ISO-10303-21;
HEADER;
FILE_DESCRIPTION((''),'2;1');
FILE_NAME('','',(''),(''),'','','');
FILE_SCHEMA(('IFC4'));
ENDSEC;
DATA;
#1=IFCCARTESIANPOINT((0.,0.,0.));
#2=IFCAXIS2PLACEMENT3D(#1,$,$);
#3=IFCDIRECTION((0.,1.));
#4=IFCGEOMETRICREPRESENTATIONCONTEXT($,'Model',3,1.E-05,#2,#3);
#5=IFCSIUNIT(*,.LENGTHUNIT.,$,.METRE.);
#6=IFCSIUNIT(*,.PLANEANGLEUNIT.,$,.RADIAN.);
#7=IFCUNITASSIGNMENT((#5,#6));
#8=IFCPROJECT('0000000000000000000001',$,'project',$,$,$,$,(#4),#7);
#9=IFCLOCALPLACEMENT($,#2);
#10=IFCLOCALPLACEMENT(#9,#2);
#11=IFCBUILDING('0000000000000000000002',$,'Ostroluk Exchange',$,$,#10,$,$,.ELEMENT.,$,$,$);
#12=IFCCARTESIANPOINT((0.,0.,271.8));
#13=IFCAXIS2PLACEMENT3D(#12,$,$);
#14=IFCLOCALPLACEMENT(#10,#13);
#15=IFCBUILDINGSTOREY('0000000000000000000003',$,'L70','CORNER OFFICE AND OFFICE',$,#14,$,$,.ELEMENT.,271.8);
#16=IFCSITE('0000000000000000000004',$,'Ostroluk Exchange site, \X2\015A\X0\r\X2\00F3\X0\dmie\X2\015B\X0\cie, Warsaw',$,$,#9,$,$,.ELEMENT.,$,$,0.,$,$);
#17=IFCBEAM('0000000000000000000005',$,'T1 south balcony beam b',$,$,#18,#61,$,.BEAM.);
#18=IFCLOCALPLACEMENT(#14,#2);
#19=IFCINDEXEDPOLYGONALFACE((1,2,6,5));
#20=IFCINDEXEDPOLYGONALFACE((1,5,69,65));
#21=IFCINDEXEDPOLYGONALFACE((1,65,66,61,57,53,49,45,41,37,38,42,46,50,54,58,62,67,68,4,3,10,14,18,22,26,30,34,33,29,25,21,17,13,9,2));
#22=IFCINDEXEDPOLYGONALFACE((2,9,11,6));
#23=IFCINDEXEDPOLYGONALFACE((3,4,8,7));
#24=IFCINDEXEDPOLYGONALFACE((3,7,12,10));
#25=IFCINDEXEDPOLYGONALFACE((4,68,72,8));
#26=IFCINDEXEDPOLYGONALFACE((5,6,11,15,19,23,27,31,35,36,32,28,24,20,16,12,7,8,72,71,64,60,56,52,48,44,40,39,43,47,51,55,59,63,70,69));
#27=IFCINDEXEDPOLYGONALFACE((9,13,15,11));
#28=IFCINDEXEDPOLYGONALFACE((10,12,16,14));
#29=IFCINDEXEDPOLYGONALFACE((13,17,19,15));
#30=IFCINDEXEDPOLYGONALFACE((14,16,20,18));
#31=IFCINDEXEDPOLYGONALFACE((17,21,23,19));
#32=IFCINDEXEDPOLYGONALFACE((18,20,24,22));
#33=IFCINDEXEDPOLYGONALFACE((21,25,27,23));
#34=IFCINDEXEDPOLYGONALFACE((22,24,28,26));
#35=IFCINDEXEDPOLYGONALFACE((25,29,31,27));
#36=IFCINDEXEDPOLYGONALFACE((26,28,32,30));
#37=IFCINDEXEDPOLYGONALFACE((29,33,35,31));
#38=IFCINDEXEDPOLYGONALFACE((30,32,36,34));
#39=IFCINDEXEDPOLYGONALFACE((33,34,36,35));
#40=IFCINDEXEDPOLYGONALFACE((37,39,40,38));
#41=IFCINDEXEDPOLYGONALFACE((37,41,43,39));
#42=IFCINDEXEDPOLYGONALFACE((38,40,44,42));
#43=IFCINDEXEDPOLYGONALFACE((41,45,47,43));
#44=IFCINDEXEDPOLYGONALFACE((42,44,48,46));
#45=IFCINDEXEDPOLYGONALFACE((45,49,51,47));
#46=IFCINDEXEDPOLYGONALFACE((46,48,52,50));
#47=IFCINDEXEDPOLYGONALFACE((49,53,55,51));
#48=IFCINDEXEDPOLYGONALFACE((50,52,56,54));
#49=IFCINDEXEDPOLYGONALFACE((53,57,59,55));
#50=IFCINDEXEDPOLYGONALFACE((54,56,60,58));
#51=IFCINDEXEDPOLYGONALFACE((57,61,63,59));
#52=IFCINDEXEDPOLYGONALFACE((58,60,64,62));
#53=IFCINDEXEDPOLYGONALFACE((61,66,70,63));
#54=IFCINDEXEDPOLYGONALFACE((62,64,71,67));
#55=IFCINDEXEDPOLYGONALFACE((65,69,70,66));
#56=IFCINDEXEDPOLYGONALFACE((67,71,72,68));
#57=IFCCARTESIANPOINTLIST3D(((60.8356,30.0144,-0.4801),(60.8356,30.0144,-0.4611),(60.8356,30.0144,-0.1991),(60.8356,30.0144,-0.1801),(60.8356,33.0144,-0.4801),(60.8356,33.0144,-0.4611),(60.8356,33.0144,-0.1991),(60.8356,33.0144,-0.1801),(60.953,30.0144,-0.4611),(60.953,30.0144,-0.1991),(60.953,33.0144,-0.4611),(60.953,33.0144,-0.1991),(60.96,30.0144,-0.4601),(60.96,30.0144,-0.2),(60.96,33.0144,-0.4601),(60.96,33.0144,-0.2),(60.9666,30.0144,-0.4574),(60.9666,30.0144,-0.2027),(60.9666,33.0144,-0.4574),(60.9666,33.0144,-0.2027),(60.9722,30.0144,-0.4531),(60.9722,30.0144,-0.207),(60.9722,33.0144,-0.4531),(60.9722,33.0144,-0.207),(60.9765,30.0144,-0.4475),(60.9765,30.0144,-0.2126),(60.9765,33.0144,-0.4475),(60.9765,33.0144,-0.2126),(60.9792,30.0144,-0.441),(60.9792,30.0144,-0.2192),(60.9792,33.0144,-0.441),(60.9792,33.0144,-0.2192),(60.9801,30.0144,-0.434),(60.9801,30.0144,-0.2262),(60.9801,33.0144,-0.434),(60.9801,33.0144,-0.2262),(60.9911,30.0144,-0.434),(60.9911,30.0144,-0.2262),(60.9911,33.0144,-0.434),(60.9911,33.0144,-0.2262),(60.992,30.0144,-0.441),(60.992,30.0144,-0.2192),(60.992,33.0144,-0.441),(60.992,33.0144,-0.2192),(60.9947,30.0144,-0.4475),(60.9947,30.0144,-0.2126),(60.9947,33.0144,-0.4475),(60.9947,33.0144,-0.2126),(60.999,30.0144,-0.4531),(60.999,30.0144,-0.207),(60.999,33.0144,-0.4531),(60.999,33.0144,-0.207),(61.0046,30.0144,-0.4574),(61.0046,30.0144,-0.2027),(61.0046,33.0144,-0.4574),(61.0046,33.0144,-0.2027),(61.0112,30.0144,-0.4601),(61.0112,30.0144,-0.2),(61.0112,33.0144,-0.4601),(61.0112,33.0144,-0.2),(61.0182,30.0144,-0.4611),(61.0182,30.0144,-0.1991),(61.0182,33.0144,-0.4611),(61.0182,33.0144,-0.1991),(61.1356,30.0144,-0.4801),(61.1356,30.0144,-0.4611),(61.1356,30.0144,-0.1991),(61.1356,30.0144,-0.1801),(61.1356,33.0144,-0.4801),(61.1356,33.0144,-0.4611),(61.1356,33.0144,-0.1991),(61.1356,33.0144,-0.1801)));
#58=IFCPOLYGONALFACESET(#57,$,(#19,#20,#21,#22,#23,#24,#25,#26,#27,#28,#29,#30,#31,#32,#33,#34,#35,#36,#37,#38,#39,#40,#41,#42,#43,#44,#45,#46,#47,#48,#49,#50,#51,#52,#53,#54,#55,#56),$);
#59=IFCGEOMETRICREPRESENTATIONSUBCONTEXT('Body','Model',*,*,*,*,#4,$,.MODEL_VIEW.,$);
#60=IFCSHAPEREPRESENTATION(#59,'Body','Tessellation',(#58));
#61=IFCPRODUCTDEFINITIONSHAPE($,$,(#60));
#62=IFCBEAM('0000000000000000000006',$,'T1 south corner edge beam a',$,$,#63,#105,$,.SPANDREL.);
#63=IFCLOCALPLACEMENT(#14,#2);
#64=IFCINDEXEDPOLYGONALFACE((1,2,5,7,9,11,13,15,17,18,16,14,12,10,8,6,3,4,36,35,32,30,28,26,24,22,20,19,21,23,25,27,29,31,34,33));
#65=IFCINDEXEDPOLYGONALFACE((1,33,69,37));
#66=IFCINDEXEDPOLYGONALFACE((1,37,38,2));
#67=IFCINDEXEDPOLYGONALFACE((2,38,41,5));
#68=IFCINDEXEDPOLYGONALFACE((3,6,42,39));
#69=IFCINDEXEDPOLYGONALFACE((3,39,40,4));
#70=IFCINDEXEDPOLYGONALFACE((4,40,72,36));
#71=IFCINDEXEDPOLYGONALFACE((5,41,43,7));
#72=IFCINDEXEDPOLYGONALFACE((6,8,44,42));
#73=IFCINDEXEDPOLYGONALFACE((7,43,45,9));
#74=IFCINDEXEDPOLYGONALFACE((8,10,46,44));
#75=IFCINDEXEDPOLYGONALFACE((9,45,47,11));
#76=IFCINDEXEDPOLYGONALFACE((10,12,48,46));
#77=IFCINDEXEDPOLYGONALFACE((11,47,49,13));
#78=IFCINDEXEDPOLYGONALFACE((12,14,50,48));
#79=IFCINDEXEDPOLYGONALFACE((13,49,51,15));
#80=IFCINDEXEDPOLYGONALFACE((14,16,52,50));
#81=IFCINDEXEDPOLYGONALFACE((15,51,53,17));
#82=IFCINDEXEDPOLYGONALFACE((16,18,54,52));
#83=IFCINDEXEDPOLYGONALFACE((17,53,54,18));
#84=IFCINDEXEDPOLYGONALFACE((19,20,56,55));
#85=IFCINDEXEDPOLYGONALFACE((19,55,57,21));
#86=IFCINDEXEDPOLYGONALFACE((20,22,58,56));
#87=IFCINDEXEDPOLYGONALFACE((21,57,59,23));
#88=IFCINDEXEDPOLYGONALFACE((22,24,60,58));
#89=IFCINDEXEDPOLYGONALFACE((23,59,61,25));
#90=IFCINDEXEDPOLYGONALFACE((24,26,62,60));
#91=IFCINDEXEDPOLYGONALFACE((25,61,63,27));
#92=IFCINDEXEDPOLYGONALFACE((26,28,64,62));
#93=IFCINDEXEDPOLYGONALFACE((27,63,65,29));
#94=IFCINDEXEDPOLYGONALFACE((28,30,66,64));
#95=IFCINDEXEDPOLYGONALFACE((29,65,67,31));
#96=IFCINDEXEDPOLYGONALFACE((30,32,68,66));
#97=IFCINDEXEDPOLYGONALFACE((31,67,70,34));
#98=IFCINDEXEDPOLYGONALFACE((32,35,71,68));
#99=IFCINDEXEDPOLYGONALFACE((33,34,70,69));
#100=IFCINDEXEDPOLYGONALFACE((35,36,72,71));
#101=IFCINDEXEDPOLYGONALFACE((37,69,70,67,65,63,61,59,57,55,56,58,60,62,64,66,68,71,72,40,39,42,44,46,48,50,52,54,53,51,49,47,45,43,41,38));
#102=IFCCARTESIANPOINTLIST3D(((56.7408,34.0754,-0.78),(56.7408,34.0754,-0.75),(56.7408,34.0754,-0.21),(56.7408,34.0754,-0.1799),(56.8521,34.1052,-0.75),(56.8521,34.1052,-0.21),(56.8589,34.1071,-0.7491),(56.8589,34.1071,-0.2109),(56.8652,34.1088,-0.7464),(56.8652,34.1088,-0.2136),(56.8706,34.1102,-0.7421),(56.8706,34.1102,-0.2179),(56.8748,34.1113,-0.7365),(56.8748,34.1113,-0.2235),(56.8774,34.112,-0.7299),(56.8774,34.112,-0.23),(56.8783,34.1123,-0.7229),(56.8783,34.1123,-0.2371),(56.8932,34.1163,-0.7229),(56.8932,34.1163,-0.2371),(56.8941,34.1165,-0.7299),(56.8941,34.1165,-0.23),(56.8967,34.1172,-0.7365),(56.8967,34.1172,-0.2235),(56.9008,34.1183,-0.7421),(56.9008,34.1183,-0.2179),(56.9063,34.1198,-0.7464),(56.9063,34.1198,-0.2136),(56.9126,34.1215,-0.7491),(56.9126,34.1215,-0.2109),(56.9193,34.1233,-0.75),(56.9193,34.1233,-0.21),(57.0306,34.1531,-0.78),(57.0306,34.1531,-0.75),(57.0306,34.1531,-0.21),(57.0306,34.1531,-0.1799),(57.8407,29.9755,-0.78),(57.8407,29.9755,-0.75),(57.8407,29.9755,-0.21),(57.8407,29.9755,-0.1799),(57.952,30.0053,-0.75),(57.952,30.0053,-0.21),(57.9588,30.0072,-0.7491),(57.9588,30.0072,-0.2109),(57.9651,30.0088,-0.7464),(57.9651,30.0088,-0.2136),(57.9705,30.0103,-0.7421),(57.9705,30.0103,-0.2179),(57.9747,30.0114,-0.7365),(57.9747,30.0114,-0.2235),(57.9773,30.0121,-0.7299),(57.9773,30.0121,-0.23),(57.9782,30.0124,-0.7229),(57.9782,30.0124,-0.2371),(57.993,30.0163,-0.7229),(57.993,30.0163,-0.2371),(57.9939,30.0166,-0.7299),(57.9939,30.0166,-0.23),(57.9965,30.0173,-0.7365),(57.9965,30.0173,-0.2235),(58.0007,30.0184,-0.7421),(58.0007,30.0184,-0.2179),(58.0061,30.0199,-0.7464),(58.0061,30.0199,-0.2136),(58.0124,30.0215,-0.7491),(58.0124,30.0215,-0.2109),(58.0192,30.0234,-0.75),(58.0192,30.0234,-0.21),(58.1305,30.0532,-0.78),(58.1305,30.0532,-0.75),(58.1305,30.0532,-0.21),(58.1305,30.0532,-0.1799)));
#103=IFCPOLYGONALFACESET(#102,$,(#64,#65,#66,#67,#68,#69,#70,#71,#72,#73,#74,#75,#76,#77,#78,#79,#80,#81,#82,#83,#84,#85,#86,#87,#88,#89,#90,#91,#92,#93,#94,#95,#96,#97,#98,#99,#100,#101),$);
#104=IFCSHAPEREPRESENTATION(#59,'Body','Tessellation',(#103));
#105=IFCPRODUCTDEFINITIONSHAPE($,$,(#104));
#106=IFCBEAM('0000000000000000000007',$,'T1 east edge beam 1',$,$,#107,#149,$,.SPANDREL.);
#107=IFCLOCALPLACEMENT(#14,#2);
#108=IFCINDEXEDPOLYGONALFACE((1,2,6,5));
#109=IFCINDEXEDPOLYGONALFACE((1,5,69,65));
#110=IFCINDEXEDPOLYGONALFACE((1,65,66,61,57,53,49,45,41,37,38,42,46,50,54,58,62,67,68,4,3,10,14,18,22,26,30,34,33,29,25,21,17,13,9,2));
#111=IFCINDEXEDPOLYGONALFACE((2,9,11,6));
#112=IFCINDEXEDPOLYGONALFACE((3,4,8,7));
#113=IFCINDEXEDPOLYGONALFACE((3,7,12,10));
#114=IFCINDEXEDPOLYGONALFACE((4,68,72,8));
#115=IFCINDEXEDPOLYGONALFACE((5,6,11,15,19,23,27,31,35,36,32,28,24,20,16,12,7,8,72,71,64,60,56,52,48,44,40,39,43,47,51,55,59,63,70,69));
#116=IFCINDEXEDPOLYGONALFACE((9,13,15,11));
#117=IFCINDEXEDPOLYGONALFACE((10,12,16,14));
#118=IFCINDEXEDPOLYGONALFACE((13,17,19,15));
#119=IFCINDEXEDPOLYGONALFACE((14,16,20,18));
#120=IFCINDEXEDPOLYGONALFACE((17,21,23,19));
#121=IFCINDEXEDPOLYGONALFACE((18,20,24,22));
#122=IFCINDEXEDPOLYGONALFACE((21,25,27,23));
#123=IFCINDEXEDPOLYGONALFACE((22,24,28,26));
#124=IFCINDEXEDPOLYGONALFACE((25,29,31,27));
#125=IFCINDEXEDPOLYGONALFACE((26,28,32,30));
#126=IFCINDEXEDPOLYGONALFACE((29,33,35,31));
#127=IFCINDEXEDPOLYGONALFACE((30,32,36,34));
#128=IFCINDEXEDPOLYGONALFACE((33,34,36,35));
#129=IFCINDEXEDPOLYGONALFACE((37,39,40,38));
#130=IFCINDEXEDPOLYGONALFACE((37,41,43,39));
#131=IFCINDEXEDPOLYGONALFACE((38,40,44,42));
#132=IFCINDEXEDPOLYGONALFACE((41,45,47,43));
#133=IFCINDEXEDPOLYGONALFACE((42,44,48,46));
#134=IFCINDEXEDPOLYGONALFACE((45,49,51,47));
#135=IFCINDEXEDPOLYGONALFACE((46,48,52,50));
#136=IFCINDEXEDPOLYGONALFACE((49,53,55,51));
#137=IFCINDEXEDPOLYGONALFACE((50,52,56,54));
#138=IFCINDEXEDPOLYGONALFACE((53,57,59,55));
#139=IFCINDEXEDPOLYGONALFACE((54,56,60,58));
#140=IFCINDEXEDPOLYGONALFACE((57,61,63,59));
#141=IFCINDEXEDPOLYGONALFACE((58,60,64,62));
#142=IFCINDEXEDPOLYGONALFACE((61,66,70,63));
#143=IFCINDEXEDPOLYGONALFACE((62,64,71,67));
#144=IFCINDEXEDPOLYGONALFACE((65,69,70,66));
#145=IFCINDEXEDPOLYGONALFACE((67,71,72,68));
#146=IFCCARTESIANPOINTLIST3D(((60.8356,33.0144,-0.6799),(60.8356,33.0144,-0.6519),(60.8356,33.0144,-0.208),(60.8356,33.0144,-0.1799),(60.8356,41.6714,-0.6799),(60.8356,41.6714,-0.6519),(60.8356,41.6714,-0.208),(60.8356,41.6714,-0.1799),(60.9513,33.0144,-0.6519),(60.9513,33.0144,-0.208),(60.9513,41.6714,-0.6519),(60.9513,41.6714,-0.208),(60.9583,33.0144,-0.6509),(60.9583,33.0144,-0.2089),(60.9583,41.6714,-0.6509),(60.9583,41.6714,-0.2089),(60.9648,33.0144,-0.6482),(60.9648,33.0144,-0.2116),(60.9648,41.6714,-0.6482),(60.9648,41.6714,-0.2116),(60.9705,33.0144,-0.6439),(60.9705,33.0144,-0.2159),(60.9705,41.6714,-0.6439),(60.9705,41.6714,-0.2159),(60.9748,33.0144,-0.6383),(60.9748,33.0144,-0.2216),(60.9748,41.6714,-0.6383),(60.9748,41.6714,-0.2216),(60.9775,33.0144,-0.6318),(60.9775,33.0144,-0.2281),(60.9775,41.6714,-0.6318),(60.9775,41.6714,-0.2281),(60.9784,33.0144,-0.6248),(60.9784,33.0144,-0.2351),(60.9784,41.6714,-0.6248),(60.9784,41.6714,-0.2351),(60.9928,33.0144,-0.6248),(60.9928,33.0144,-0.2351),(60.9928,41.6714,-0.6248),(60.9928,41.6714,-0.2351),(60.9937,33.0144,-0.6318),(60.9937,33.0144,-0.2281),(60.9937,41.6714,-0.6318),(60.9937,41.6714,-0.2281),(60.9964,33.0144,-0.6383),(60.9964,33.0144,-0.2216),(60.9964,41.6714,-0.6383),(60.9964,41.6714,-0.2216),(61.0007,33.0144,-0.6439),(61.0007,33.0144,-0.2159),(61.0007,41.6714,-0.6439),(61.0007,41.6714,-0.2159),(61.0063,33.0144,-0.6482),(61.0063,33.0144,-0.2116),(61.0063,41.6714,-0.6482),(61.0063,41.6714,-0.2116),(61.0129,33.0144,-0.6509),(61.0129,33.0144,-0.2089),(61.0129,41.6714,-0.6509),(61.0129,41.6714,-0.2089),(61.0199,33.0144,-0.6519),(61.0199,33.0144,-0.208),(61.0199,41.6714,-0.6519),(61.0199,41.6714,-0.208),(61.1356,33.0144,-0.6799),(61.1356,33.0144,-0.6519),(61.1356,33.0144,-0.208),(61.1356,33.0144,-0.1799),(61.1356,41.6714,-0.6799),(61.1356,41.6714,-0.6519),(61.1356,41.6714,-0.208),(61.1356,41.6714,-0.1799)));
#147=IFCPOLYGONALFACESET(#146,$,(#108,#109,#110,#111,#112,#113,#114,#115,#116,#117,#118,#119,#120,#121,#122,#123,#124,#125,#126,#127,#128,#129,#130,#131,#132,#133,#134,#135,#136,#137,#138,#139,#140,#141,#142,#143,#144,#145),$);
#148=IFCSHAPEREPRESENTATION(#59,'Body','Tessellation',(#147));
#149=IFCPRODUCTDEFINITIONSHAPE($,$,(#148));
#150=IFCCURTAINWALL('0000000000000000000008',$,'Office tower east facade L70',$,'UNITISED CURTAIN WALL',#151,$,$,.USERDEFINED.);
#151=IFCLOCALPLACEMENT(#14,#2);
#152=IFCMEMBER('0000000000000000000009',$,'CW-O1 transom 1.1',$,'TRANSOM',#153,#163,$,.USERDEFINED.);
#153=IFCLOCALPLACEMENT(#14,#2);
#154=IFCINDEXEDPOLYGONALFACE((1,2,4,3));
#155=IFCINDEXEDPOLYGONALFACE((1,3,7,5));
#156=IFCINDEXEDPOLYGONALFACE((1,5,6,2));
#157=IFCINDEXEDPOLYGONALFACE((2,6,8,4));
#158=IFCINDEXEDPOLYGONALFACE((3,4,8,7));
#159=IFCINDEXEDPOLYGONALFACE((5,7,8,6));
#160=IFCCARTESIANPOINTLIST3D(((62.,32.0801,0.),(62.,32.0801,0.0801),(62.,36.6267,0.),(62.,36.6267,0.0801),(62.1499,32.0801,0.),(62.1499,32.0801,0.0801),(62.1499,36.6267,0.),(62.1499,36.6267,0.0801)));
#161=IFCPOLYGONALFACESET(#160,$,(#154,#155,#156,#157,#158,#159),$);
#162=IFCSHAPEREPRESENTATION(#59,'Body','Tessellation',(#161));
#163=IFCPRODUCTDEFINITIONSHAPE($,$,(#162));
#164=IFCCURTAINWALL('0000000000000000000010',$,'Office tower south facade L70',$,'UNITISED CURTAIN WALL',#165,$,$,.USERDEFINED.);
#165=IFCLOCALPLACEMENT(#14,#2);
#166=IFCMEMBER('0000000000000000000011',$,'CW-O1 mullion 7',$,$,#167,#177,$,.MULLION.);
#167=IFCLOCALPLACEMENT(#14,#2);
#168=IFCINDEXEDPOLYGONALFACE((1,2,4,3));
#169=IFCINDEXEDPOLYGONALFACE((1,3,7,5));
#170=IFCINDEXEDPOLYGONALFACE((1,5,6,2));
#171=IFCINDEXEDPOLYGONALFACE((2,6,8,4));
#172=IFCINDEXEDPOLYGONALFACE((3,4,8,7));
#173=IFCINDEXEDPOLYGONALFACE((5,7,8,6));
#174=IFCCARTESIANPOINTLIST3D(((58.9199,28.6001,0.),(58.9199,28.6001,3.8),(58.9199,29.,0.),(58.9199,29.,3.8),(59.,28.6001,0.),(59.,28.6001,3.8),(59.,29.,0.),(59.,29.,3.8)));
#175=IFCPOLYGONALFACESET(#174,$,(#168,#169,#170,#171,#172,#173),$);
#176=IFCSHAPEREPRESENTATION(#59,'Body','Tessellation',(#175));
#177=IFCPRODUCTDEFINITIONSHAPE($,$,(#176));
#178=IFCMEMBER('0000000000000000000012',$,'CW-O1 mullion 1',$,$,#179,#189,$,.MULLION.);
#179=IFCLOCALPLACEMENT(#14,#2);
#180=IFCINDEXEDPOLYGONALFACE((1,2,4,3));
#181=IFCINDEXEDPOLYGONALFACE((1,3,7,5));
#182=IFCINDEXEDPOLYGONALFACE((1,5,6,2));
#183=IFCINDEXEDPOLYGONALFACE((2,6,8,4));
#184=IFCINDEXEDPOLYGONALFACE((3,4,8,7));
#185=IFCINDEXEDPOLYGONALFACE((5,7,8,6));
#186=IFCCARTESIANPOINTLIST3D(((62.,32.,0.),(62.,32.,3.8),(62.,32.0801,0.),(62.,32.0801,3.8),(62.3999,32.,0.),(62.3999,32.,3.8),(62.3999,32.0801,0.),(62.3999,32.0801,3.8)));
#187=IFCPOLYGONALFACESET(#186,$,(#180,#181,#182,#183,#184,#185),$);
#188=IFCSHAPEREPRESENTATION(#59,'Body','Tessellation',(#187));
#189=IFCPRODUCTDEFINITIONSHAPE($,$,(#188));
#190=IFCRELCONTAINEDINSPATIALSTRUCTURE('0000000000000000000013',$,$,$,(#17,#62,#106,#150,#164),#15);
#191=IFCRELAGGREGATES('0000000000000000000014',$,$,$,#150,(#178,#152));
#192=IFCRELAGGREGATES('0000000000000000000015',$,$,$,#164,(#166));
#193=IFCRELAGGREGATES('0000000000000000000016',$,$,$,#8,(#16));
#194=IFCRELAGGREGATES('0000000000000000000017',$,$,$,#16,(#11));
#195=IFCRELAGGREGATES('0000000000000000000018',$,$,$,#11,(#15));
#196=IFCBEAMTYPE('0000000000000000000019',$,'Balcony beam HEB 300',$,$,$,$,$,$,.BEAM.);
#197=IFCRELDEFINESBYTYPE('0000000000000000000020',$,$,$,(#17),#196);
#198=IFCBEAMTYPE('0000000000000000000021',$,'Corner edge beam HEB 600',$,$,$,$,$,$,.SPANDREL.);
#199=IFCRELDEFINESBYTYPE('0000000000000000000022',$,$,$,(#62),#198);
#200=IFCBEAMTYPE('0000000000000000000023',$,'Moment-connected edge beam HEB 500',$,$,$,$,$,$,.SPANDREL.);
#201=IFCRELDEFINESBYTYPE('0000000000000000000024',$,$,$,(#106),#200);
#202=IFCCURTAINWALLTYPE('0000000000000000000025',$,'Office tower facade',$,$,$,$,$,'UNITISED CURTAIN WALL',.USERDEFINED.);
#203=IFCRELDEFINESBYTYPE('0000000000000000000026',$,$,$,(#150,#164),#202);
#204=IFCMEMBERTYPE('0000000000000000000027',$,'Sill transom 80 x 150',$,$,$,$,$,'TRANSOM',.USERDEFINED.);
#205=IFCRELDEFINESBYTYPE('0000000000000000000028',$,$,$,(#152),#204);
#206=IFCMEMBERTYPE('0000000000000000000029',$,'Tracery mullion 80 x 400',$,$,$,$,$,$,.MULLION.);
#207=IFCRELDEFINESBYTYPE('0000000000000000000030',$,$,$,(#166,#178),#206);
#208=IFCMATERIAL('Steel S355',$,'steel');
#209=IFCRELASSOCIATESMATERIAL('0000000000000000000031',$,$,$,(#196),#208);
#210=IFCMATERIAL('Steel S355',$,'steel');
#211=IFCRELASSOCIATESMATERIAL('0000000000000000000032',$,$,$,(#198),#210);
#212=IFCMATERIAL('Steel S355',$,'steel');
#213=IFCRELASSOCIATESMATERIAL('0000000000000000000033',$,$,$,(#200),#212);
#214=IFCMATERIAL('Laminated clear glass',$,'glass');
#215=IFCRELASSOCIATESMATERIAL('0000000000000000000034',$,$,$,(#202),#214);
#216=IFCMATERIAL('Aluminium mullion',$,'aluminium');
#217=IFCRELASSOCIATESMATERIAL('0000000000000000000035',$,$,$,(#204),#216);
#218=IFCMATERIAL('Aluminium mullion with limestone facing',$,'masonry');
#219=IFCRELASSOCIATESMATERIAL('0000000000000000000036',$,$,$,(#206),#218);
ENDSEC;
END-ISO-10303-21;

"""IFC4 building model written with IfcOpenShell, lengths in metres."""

from ifc_helpers import new_model, si_unit, direction, frame, origin, origin_2d, place, context, subcontext, project, spatial, rectangle, i_section, extrude, material, material_profile, profile_set, type_object, element, aggregate, save


model = new_model("IFC4")

# Units and contexts
model_context = context("Model", 3, precision=1e-05, world=origin(), true_north=direction((0.0, 1.0)))
body_context = subcontext(model_context, "Body", "Model", "MODEL_VIEW")
ifc_project = project(units=[si_unit("LENGTHUNIT", "METRE"), si_unit("PLANEANGLEUNIT", "RADIAN")], contexts=[model_context])

# Site, building, storey
site_placement = place(None, origin())
site = spatial("IfcSite", under=ifc_project, at=site_placement, Name="Ostroluk Exchange site, Śródmieście, Warsaw", CompositionType="ELEMENT", RefElevation=0.0)
building_placement = place(site_placement, origin())
building = spatial("IfcBuilding", under=site, at=building_placement, Name="Ostroluk Exchange", CompositionType="ELEMENT")
storey_placement = place(building_placement, frame((0.0, 0.0, 271.8)))
storey = spatial("IfcBuildingStorey", under=building, at=storey_placement, Name="L70", Description="CORNER OFFICE AND OFFICE", CompositionType="ELEMENT", Elevation=271.8)

# Beams
ifc_material_1 = material(Name="Steel S355", Category="steel")
ifc_material_profile_1 = material_profile(ifc_material_1, i_section(OverallWidth=0.3, OverallDepth=0.3, WebThickness=0.011, FlangeThickness=0.019, FilletRadius=0.0271, at=origin_2d()), Name="HEB 300")
ifc_profile_set_1 = profile_set([ifc_material_profile_1], Name="Steel S355")
beam_type_1 = type_object("IfcBeamType", Name="Balcony beam HEB 300", PredefinedType="BEAM", material=ifc_profile_set_1)
for number, where, z_axis, x_axis, name in (
    (1, (60.9856, 33.0144, -0.3301), (0.0, -1.0, 0.0), (1.0, 0.0, 0.0), "T1 south balcony beam b"),
):
    element("IfcBeam", number, at=place(storey_placement, frame(where, z_axis=z_axis, x_axis=x_axis)), inside=storey, type_object=beam_type_1, Name=name, PredefinedType="BEAM", context=body_context, shape_type="SweptSolid", body=[
        extrude(i_section(OverallWidth=0.3, OverallDepth=0.3, WebThickness=0.011, FlangeThickness=0.019, FilletRadius=0.0271, at=origin_2d()), origin(), (0.0, 0.0, 1.0), 3.0),
    ])
ifc_material_2 = material(Name="Steel S355", Category="steel")
ifc_material_profile_2 = material_profile(ifc_material_2, i_section(OverallWidth=0.3, OverallDepth=0.6001, WebThickness=0.0154, FlangeThickness=0.03, FilletRadius=0.0271, at=origin_2d()), Name="HEB 600")
ifc_profile_set_2 = profile_set([ifc_material_profile_2], Name="Steel S355")
beam_type_2 = type_object("IfcBeamType", Name="Corner edge beam HEB 600", PredefinedType="SPANDREL", material=ifc_profile_set_2)
beam_1_placement = place(storey_placement, frame((56.8857, 34.1143, -0.48), z_axis=(0.259105, -0.965849, 0.0), x_axis=(0.965849, 0.259105, 0.0)))
element("IfcBeam", 2, at=beam_1_placement, inside=storey, type_object=beam_type_2, Name="T1 south corner edge beam a", PredefinedType="SPANDREL", context=body_context, shape_type="SweptSolid", body=[
    extrude(i_section(OverallWidth=0.3, OverallDepth=0.6001, WebThickness=0.0154, FlangeThickness=0.03, FilletRadius=0.0271, at=origin_2d()), origin(), (0.0, 0.0, 1.0), 4.2449),
])
ifc_material_3 = material(Name="Steel S355", Category="steel")
ifc_material_profile_3 = material_profile(ifc_material_3, i_section(OverallWidth=0.3, OverallDepth=0.5, WebThickness=0.0144, FlangeThickness=0.0281, FilletRadius=0.0271, at=origin_2d()), Name="HEB 500")
ifc_profile_set_3 = profile_set([ifc_material_profile_3], Name="Steel S355")
beam_type_3 = type_object("IfcBeamType", Name="Moment-connected edge beam HEB 500", PredefinedType="SPANDREL", material=ifc_profile_set_3)
beam_2_placement = place(storey_placement, frame((60.9856, 33.0144, -0.4299), z_axis=(0.0, 1.0, 0.0), x_axis=(-1.0, 0.0, 0.0)))
element("IfcBeam", 3, at=beam_2_placement, inside=storey, type_object=beam_type_3, Name="T1 east edge beam 1", PredefinedType="SPANDREL", context=body_context, shape_type="SweptSolid", body=[
    extrude(i_section(OverallWidth=0.3, OverallDepth=0.5, WebThickness=0.0144, FlangeThickness=0.0281, FilletRadius=0.0271, at=origin_2d()), origin(), (0.0, 0.0, 1.0), 8.657),
])

# Curtain walls, members
ifc_material_4 = material(Name="Laminated clear glass", Category="glass")
curtain_wall_type = type_object("IfcCurtainWallType", Name="Office tower facade", ElementType="UNITISED CURTAIN WALL", PredefinedType="USERDEFINED", material=ifc_material_4)
curtain_wall_1_placement = place(storey_placement, origin())
curtain_wall_1 = element("IfcCurtainWall", 4, at=curtain_wall_1_placement, inside=storey, type_object=curtain_wall_type, Name="Office tower east facade L70", ObjectType="UNITISED CURTAIN WALL", PredefinedType="USERDEFINED")
ifc_material_5 = material(Name="Aluminium mullion", Category="aluminium")
ifc_material_profile_4 = material_profile(ifc_material_5, rectangle(XDim=0.1499, YDim=0.0801, at=origin_2d()), Name="Sill transom 80 x 150")
ifc_profile_set_4 = profile_set([ifc_material_profile_4], Name="Aluminium mullion")
member_type_1 = type_object("IfcMemberType", Name="Sill transom 80 x 150", ElementType="TRANSOM", PredefinedType="USERDEFINED", material=ifc_profile_set_4)
member_1_placement = place(storey_placement, frame((62.075, 32.0801, 0.04), z_axis=(0.0, 1.0, 0.0), x_axis=(-1.0, 0.0, 0.0)))
member_1 = element("IfcMember", 5, at=member_1_placement, type_object=member_type_1, Name="CW-O1 transom 1.1", ObjectType="TRANSOM", PredefinedType="USERDEFINED", context=body_context, shape_type="SweptSolid", body=[
    extrude(rectangle(XDim=0.1499, YDim=0.0801, at=origin_2d()), origin(), (0.0, 0.0, 1.0), 4.5466),
])
curtain_wall_2_placement = place(storey_placement, origin())
curtain_wall_2 = element("IfcCurtainWall", 6, at=curtain_wall_2_placement, inside=storey, type_object=curtain_wall_type, Name="Office tower south facade L70", ObjectType="UNITISED CURTAIN WALL", PredefinedType="USERDEFINED")
ifc_material_6 = material(Name="Aluminium mullion with limestone facing", Category="masonry")
ifc_material_profile_5 = material_profile(ifc_material_6, rectangle(XDim=0.3999, YDim=0.0801, at=origin_2d()), Name="Tracery mullion 80 x 400")
ifc_profile_set_5 = profile_set([ifc_material_profile_5], Name="Aluminium mullion with limestone facing")
member_type_2 = type_object("IfcMemberType", Name="Tracery mullion 80 x 400", PredefinedType="MULLION", material=ifc_profile_set_5)
member_2_placement = place(storey_placement, frame((58.96, 28.8, 0.0), z_axis=(0.0, 0.0, 1.0), x_axis=(0.0, 1.0, 0.0)))
member_2 = element("IfcMember", 7, at=member_2_placement, type_object=member_type_2, Name="CW-O1 mullion 7", PredefinedType="MULLION", context=body_context, shape_type="SweptSolid", body=[
    extrude(rectangle(XDim=0.3999, YDim=0.0801, at=origin_2d()), origin(), (0.0, 0.0, 1.0), 3.8),
])

# Member
member_3_placement = place(storey_placement, frame((62.2, 32.04, 0.0), z_axis=(0.0, 0.0, 1.0), x_axis=(-1.0, 0.0, 0.0)))
member_3 = element("IfcMember", 8, at=member_3_placement, type_object=member_type_2, Name="CW-O1 mullion 1", PredefinedType="MULLION", context=body_context, shape_type="SweptSolid", body=[
    extrude(rectangle(XDim=0.3999, YDim=0.0801, at=origin_2d()), origin(), (0.0, 0.0, 1.0), 3.8),
])
aggregate(curtain_wall_1, [member_3, member_1])

aggregate(curtain_wall_2, [member_2])

save(model, "model.ifc")
